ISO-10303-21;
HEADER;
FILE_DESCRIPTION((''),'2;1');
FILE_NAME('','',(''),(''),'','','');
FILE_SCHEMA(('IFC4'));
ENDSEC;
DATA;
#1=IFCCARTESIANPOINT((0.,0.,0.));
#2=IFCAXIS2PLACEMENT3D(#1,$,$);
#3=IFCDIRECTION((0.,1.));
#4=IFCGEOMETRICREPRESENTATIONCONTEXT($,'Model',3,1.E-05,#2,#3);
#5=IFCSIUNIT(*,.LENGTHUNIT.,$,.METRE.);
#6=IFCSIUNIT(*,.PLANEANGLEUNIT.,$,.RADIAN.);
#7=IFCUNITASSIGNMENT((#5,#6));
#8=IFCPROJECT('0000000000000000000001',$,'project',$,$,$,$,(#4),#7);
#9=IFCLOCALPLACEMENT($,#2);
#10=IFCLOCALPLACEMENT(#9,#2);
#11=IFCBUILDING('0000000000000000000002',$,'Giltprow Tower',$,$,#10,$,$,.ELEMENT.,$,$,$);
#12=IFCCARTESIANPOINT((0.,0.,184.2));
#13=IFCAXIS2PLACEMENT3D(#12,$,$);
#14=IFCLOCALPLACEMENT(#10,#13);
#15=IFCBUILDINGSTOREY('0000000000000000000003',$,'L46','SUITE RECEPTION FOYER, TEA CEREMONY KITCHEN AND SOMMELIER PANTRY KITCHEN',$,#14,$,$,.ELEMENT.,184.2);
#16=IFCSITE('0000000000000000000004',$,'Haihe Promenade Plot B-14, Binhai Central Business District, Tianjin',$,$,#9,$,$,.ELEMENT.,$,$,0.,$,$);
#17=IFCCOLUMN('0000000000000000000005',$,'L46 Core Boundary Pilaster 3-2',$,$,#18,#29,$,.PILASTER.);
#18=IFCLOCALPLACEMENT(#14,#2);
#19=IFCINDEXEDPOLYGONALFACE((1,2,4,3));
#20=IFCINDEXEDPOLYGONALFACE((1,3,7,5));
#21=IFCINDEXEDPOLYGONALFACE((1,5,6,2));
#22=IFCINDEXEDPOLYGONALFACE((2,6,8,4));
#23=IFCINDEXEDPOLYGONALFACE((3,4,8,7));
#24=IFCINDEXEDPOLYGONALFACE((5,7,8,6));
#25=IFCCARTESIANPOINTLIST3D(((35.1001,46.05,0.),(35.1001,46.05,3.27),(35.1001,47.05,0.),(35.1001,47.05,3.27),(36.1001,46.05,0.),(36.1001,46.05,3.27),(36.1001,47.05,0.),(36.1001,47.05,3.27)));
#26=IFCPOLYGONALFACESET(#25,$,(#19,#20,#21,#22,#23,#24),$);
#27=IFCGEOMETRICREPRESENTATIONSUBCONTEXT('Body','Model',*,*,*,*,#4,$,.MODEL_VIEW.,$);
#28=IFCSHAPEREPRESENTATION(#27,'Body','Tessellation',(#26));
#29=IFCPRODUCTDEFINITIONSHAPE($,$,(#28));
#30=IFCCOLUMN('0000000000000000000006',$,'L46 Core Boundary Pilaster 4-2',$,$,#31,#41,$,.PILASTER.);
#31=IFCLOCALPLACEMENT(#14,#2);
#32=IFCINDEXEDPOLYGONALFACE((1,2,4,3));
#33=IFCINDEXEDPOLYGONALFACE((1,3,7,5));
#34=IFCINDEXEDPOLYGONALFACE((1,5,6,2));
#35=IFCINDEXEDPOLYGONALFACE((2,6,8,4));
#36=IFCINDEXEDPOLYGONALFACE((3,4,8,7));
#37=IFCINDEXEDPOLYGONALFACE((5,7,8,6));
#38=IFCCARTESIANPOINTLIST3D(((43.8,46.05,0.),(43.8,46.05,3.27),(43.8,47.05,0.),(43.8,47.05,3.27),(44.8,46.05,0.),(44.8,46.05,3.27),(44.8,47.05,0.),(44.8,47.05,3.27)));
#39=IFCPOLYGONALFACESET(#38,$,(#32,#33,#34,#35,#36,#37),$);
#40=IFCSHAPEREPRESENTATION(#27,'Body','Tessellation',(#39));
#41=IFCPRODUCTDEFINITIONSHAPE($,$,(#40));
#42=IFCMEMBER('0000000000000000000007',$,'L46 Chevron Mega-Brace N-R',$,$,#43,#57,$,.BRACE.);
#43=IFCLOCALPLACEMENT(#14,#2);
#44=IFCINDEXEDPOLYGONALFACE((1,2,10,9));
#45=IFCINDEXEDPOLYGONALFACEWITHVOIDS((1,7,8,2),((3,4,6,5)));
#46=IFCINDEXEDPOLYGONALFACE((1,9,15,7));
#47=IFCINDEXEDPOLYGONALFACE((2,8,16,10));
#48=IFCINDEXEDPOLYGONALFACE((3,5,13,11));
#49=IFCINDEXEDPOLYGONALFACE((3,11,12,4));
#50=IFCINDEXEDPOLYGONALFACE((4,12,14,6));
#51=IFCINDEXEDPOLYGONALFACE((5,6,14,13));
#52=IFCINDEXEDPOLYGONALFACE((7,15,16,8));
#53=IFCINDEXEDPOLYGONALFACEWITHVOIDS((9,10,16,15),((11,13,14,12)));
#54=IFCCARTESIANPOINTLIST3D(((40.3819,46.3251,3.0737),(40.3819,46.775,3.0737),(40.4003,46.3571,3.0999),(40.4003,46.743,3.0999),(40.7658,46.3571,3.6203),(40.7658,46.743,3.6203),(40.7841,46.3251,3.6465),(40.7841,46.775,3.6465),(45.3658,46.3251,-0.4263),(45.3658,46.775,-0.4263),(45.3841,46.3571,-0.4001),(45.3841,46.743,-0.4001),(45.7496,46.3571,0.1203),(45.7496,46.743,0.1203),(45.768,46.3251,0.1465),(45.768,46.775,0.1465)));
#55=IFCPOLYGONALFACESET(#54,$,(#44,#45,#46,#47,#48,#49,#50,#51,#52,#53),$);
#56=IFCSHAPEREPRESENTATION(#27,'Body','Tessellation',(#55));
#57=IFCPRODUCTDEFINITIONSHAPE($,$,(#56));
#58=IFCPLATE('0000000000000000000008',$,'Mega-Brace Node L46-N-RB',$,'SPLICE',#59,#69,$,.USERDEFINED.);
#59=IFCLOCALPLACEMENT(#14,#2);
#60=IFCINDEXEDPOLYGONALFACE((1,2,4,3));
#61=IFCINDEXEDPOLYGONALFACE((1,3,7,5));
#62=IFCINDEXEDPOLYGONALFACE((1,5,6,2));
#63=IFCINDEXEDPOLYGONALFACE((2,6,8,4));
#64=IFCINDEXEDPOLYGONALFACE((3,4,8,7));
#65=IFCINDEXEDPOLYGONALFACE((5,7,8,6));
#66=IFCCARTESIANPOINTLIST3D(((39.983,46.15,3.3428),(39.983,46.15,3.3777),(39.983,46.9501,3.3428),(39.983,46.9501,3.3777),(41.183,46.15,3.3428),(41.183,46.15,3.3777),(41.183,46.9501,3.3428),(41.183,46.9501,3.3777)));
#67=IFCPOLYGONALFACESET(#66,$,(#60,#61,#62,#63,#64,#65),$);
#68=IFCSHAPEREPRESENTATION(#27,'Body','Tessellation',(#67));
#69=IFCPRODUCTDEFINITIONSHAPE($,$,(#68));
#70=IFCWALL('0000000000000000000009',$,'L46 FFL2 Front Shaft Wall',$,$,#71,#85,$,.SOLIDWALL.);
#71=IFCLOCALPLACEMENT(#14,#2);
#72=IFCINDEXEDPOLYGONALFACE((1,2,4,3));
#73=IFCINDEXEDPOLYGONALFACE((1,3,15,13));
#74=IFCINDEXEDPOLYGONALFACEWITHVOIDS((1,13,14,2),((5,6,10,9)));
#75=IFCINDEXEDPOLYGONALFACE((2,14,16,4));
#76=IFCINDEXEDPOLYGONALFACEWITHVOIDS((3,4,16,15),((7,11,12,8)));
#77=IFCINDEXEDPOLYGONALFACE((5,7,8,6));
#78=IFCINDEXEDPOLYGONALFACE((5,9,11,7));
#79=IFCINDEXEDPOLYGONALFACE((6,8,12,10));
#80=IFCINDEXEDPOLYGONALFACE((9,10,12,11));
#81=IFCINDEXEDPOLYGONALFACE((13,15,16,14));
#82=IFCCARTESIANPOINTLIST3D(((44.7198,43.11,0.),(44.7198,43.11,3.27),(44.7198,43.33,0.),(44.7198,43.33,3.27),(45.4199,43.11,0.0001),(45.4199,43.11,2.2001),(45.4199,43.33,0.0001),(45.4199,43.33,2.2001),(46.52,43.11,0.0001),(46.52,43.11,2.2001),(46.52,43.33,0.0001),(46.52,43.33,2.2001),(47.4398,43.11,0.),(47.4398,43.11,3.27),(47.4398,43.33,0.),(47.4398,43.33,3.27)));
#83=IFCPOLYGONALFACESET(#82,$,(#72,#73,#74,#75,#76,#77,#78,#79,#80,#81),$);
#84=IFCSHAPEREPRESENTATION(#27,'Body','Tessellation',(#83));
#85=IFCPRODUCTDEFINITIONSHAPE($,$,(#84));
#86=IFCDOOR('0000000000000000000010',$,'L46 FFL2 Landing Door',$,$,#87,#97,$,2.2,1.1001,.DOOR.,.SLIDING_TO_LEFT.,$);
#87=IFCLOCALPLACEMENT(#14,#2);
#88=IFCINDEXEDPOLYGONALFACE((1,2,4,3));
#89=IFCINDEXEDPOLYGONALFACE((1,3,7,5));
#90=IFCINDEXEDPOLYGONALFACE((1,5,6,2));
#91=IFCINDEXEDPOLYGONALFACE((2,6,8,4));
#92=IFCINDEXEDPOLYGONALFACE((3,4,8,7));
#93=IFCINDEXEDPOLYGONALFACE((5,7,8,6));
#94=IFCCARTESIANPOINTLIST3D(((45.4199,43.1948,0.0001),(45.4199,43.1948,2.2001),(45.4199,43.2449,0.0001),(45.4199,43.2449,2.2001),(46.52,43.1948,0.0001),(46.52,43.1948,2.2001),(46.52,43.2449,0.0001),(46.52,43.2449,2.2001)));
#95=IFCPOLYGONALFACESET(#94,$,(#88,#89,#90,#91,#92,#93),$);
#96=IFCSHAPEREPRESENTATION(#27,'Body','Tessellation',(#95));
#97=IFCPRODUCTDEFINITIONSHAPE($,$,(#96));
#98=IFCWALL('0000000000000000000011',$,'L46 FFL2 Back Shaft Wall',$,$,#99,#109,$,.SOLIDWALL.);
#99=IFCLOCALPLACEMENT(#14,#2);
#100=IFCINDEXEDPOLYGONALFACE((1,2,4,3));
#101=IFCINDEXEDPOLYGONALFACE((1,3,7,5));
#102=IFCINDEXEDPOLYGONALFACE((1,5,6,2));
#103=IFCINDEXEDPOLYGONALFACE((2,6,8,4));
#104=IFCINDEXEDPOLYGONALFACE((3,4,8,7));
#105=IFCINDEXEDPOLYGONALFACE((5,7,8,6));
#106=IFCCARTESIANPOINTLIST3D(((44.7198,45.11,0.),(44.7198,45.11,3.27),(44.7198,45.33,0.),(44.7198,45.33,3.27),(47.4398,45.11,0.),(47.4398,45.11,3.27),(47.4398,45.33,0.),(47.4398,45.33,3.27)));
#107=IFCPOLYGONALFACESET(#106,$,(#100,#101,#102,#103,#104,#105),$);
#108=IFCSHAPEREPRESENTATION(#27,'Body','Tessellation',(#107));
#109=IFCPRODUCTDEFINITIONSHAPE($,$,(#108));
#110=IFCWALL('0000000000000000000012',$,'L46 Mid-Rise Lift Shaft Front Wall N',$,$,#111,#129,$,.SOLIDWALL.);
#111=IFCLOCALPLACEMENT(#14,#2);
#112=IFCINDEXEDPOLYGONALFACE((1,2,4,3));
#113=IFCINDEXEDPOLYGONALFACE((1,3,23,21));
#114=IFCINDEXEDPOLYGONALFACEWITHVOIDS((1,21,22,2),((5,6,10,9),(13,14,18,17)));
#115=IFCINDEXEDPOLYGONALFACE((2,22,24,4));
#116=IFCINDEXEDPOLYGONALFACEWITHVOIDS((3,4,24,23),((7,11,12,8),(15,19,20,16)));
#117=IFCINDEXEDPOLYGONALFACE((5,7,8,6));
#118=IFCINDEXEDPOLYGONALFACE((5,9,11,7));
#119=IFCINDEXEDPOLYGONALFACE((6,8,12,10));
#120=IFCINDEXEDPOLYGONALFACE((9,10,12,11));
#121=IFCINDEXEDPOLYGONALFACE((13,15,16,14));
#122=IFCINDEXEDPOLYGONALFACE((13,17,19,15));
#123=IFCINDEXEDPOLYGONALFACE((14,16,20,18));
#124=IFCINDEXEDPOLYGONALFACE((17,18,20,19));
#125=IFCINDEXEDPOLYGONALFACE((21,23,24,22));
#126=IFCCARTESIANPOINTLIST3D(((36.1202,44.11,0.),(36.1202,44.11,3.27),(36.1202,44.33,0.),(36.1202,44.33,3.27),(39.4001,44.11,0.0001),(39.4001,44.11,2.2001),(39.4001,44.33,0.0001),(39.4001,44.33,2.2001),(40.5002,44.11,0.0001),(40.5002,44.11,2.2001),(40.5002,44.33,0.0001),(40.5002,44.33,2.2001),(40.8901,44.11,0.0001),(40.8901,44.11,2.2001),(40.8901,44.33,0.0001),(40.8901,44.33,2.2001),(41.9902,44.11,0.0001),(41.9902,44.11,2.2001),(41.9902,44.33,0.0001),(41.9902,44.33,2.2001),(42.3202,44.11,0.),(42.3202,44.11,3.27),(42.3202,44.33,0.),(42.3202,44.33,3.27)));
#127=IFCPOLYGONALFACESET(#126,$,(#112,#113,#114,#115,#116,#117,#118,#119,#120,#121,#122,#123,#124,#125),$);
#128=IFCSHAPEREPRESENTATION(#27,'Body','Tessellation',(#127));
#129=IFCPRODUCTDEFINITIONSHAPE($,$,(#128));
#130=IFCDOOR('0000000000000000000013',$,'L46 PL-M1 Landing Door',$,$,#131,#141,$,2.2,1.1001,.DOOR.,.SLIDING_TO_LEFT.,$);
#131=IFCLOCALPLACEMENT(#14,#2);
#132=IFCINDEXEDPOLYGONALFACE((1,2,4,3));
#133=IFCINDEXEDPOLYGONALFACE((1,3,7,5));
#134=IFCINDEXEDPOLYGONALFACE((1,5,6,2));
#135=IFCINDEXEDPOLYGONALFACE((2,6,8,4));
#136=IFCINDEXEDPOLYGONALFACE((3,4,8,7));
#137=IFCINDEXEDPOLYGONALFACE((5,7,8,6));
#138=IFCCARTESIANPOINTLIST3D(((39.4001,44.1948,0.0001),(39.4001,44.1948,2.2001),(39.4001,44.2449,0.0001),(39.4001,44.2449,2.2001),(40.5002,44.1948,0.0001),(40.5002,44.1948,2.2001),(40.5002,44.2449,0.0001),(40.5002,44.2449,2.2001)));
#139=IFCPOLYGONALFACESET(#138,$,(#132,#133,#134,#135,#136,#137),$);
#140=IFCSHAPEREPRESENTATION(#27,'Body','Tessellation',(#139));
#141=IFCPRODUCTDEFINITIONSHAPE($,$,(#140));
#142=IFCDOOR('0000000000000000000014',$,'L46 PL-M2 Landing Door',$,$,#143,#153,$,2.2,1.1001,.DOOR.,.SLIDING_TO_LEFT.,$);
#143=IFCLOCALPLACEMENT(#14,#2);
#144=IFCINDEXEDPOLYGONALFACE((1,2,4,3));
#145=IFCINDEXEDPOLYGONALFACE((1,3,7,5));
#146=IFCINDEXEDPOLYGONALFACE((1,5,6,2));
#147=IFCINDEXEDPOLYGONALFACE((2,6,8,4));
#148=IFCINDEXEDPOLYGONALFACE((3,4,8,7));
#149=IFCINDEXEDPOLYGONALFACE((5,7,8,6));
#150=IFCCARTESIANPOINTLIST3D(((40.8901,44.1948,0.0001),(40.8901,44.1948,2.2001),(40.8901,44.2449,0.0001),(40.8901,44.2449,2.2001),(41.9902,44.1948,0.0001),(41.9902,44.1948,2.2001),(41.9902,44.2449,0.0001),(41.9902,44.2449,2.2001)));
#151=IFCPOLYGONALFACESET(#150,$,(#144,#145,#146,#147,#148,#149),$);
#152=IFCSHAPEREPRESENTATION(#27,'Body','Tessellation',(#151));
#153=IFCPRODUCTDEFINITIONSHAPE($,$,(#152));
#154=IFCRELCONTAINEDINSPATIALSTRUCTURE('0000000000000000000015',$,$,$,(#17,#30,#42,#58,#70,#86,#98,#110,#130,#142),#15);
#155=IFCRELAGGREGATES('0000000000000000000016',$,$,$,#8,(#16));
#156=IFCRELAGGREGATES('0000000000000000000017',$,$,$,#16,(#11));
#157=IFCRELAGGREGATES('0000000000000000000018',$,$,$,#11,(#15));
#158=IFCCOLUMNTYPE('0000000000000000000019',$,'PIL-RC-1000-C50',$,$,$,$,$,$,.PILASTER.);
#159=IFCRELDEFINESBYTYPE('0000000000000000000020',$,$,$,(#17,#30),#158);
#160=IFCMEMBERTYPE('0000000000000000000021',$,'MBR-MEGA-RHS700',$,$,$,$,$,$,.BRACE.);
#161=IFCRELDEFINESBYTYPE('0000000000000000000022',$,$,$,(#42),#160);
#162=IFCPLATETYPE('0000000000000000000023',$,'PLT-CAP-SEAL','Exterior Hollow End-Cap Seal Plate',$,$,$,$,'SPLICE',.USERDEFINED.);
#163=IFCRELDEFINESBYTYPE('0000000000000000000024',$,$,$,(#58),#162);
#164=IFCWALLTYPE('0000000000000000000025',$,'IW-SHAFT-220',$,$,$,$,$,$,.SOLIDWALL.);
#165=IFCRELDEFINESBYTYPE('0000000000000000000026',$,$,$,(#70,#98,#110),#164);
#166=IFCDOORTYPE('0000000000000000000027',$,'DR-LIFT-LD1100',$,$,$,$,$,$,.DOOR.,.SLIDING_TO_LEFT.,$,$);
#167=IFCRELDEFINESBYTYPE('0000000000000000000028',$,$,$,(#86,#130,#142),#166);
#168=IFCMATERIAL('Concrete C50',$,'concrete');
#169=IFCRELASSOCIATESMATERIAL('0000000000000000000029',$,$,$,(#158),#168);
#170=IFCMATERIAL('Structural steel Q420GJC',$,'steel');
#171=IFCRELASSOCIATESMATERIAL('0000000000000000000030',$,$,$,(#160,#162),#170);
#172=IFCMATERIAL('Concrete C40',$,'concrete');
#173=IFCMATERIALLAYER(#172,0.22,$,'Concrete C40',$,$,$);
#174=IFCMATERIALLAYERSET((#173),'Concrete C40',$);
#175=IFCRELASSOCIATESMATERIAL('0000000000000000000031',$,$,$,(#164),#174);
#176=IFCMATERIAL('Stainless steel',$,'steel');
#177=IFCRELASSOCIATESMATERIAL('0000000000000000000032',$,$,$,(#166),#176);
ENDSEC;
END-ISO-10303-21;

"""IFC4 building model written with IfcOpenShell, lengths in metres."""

from ifc_helpers import new_model, si_unit, direction, frame, frame_2d, origin, origin_2d, place, context, subcontext, project, spatial, rectangle, hollow_rectangle, extrude, source, transform, mapped, material, layer, layer_set, material_profile, profile_set, type_object, element, fill, save


model = new_model("IFC4")

# Units and contexts
model_context = context("Model", 3, precision=1e-05, world=origin(), true_north=direction((0.0, 1.0)))
body_context = subcontext(model_context, "Body", "Model", "MODEL_VIEW")
ifc_project = project(units=[si_unit("LENGTHUNIT", "METRE"), si_unit("PLANEANGLEUNIT", "RADIAN")], contexts=[model_context])

# Site, building, storey
site_placement = place(None, origin())
site = spatial("IfcSite", under=ifc_project, at=site_placement, Name="Haihe Promenade Plot B-14, Binhai Central Business District, Tianjin", CompositionType="ELEMENT", RefElevation=0.0)
building_placement = place(site_placement, origin())
building = spatial("IfcBuilding", under=site, at=building_placement, Name="Giltprow Tower", CompositionType="ELEMENT")
storey_placement = place(building_placement, frame((0.0, 0.0, 184.2)))
storey = spatial("IfcBuildingStorey", under=building, at=storey_placement, Name="L46", Description="SUITE RECEPTION FOYER, TEA CEREMONY KITCHEN AND SOMMELIER PANTRY KITCHEN", CompositionType="ELEMENT", Elevation=184.2)

# Columns
ifc_material_1 = material(Name="Concrete C50", Category="concrete")
ifc_material_profile_1 = material_profile(ifc_material_1, rectangle(XDim=1.0, YDim=1.0, at=origin_2d()), Name="RC 1000x1000")
ifc_profile_set_1 = profile_set([ifc_material_profile_1], Name="Concrete C50")
column_type = type_object("IfcColumnType", Name="PIL-RC-1000-C50", PredefinedType="PILASTER", material=ifc_profile_set_1)
shared_shape_1 = source(origin(), body_context, "Body", "SweptSolid", [
    extrude(rectangle(XDim=1.0, YDim=1.0, at=origin_2d()), origin(), (0.0, 0.0, 1.0), 3.27),
])
for number, where, z_axis, x_axis, name in (
    (1, (35.6001, 46.55, 0.0), (0.0, 0.0, 1.0), (1.0, 0.0, 0.0), "L46 Core Boundary Pilaster 3-2"),
    (2, (44.3, 46.55, 0.0), (0.0, 0.0, 1.0), (1.0, 0.0, 0.0), "L46 Core Boundary Pilaster 4-2"),
):
    element("IfcColumn", number, at=place(storey_placement, frame(where, z_axis=z_axis, x_axis=x_axis)), inside=storey, type_object=column_type, Name=name, PredefinedType="PILASTER", context=body_context, shape_type="MappedRepresentation", body=[
        mapped(shared_shape_1, transform((0.0, 0.0, 0.0), x_axis=(1.0, 0.0, 0.0), y_axis=(0.0, 1.0, 0.0), z_axis=(0.0, 0.0, 1.0), scale=1.0)),
    ])

# Member
ifc_material_2 = material(Name="Structural steel Q420GJC", Category="steel")
ifc_material_profile_2 = material_profile(ifc_material_2, hollow_rectangle(XDim=0.45, YDim=0.7, WallThickness=0.032, at=origin_2d()), Name="RHS 700x450x32")
ifc_profile_set_2 = profile_set([ifc_material_profile_2], Name="Structural steel Q420GJC")
member_type = type_object("IfcMemberType", Name="MBR-MEGA-RHS700", PredefinedType="BRACE", material=ifc_profile_set_2)
shared_shape_2 = source(origin(), body_context, "Body", "SweptSolid", [
    extrude(hollow_rectangle(XDim=0.45, YDim=0.7, WallThickness=0.032, at=origin_2d()), origin(), (0.0, 0.0, 1.0), 6.0901),
])
member_placement = place(storey_placement, frame((45.5669, 46.55, -0.1399), z_axis=(-0.818361, 0.0, 0.574705), x_axis=(0.0, -1.0, 0.0)))
element("IfcMember", 3, at=member_placement, inside=storey, type_object=member_type, Name="L46 Chevron Mega-Brace N-R", PredefinedType="BRACE", context=body_context, shape_type="MappedRepresentation", body=[
    mapped(shared_shape_2, transform((0.0, 0.0, 0.0), x_axis=(1.0, 0.0, 0.0), y_axis=(0.0, 1.0, 0.0), z_axis=(0.0, 0.0, 1.0), scale=1.0)),
])

# Plate
plate_type = type_object("IfcPlateType", Name="PLT-CAP-SEAL", Description="Exterior Hollow End-Cap Seal Plate", ElementType="SPLICE", PredefinedType="USERDEFINED", material=ifc_material_2)
shared_shape_3 = source(origin(), body_context, "Body", "SweptSolid", [
    extrude(rectangle(XDim=1.2, YDim=0.8, at=origin_2d()), origin(), (0.0, 0.0, 1.0), 0.0349),
])
plate_placement = place(storey_placement, frame((40.583, 46.55, 3.3428), z_axis=(0.0, 0.0, 1.0), x_axis=(1.0, 0.0, 0.0)))
element("IfcPlate", 4, at=plate_placement, inside=storey, type_object=plate_type, Name="Mega-Brace Node L46-N-RB", ObjectType="SPLICE", PredefinedType="USERDEFINED", context=body_context, shape_type="MappedRepresentation", body=[
    mapped(shared_shape_3, transform((0.0, 0.0, 0.0), x_axis=(1.0, 0.0, 0.0), y_axis=(0.0, 1.0, 0.0), z_axis=(0.0, 0.0, 1.0), scale=1.0)),
])

# Wall, opening, door
ifc_material_3 = material(Name="Concrete C40", Category="concrete")
ifc_layer_1 = layer(ifc_material_3, 0.22, Name="Concrete C40")
ifc_layer_set_1 = layer_set([ifc_layer_1], Name="Concrete C40")
wall_type_1 = type_object("IfcWallType", Name="IW-SHAFT-220", PredefinedType="SOLIDWALL", material=ifc_layer_set_1)
wall_1_placement = place(storey_placement, frame((44.72, 43.22, 0.0), z_axis=(0.0, 0.0, 1.0), x_axis=(1.0, 0.0, 0.0)))
wall_1 = element("IfcWall", 5, at=wall_1_placement, inside=storey, type_object=wall_type_1, Name="L46 FFL2 Front Shaft Wall", PredefinedType="SOLIDWALL", context=body_context, shape_type="SweptSolid", body=[
    extrude(rectangle(XDim=2.72, YDim=0.22, at=frame_2d((1.3599, 0.0))), origin(), (0.0, 0.0, 1.0), 3.27),
])
opening_1_placement = place(wall_1_placement, frame((0.7, 0.0, 0.0)))
opening_1 = element("IfcOpeningElement", 6, at=opening_1_placement, cuts=wall_1, PredefinedType="OPENING", context=body_context, shape_type="SweptSolid", body=[
    extrude(rectangle(XDim=1.1001, YDim=2.2, at=frame_2d((0.55, 1.1001))), frame((0.0, 0.1199, 0.0), z_axis=(0.0, -1.0, 0.0), x_axis=(1.0, 0.0, 0.0)), (0.0, 0.0, 1.0), 0.24),
])
ifc_material_4 = material(Name="Stainless steel", Category="steel")
door_type = type_object("IfcDoorType", Name="DR-LIFT-LD1100", OperationType="SLIDING_TO_LEFT", PredefinedType="DOOR", material=ifc_material_4)
shared_shape_4 = source(origin(), body_context, "Body", "SweptSolid", [
    extrude(rectangle(XDim=1.1001, YDim=2.2, at=frame_2d((0.55, 1.1001))), frame((0.0, 0.0249, 0.0), z_axis=(0.0, -1.0, 0.0), x_axis=(1.0, 0.0, 0.0)), (0.0, 0.0, 1.0), 0.05),
])
door_1_placement = place(opening_1_placement, origin())
door_1 = element("IfcDoor", 7, at=door_1_placement, inside=storey, type_object=door_type, Name="L46 FFL2 Landing Door", OperationType="SLIDING_TO_LEFT", OverallHeight=2.2, OverallWidth=1.1001, PredefinedType="DOOR", context=body_context, shape_type="MappedRepresentation", body=[
    mapped(shared_shape_4, transform((0.0, 0.0, 0.0), x_axis=(1.0, 0.0, 0.0), y_axis=(0.0, 1.0, 0.0), z_axis=(0.0, 0.0, 1.0), scale=1.0)),
])
fill(opening_1, door_1)

# Wall
wall_2_placement = place(storey_placement, frame((44.72, 45.22, 0.0), z_axis=(0.0, 0.0, 1.0), x_axis=(1.0, 0.0, 0.0)))
element("IfcWall", 8, at=wall_2_placement, inside=storey, type_object=wall_type_1, Name="L46 FFL2 Back Shaft Wall", PredefinedType="SOLIDWALL", context=body_context, shape_type="SweptSolid", body=[
    extrude(rectangle(XDim=2.72, YDim=0.22, at=frame_2d((1.3599, 0.0))), origin(), (0.0, 0.0, 1.0), 3.27),
])

# Wall, openings, doors
wall_3_placement = place(storey_placement, frame((36.1201, 44.22, 0.0), z_axis=(0.0, 0.0, 1.0), x_axis=(1.0, 0.0, 0.0)))
wall_3 = element("IfcWall", 9, at=wall_3_placement, inside=storey, type_object=wall_type_1, Name="L46 Mid-Rise Lift Shaft Front Wall N", PredefinedType="SOLIDWALL", context=body_context, shape_type="SweptSolid", body=[
    extrude(rectangle(XDim=6.2, YDim=0.22, at=frame_2d((3.1001, 0.0))), origin(), (0.0, 0.0, 1.0), 3.27),
])
opening_2_placement = place(wall_3_placement, frame((3.28, 0.0, 0.0)))
opening_2 = element("IfcOpeningElement", 10, at=opening_2_placement, cuts=wall_3, PredefinedType="OPENING", context=body_context, shape_type="SweptSolid", body=[
    extrude(rectangle(XDim=1.1001, YDim=2.2, at=frame_2d((0.55, 1.1001))), frame((0.0, 0.1199, 0.0), z_axis=(0.0, -1.0, 0.0), x_axis=(1.0, 0.0, 0.0)), (0.0, 0.0, 1.0), 0.24),
])
opening_3_placement = place(wall_3_placement, frame((4.77, 0.0, 0.0)))
opening_3 = element("IfcOpeningElement", 11, at=opening_3_placement, cuts=wall_3, PredefinedType="OPENING", context=body_context, shape_type="SweptSolid", body=[
    extrude(rectangle(XDim=1.1001, YDim=2.2, at=frame_2d((0.55, 1.1001))), frame((0.0, 0.1199, 0.0), z_axis=(0.0, -1.0, 0.0), x_axis=(1.0, 0.0, 0.0)), (0.0, 0.0, 1.0), 0.24),
])
door_2_placement = place(opening_2_placement, origin())
door_2 = element("IfcDoor", 12, at=door_2_placement, inside=storey, type_object=door_type, Name="L46 PL-M1 Landing Door", OperationType="SLIDING_TO_LEFT", OverallHeight=2.2, OverallWidth=1.1001, PredefinedType="DOOR", context=body_context, shape_type="MappedRepresentation", body=[
    mapped(shared_shape_4, transform((0.0, 0.0, 0.0), x_axis=(1.0, 0.0, 0.0), y_axis=(0.0, 1.0, 0.0), z_axis=(0.0, 0.0, 1.0), scale=1.0)),
])
fill(opening_2, door_2)
door_3_placement = place(opening_3_placement, origin())
door_3 = element("IfcDoor", 13, at=door_3_placement, inside=storey, type_object=door_type, Name="L46 PL-M2 Landing Door", OperationType="SLIDING_TO_LEFT", OverallHeight=2.2, OverallWidth=1.1001, PredefinedType="DOOR", context=body_context, shape_type="MappedRepresentation", body=[
    mapped(shared_shape_4, transform((0.0, 0.0, 0.0), x_axis=(1.0, 0.0, 0.0), y_axis=(0.0, 1.0, 0.0), z_axis=(0.0, 0.0, 1.0), scale=1.0)),
])
fill(opening_3, door_3)

save(model, "model.ifc")
